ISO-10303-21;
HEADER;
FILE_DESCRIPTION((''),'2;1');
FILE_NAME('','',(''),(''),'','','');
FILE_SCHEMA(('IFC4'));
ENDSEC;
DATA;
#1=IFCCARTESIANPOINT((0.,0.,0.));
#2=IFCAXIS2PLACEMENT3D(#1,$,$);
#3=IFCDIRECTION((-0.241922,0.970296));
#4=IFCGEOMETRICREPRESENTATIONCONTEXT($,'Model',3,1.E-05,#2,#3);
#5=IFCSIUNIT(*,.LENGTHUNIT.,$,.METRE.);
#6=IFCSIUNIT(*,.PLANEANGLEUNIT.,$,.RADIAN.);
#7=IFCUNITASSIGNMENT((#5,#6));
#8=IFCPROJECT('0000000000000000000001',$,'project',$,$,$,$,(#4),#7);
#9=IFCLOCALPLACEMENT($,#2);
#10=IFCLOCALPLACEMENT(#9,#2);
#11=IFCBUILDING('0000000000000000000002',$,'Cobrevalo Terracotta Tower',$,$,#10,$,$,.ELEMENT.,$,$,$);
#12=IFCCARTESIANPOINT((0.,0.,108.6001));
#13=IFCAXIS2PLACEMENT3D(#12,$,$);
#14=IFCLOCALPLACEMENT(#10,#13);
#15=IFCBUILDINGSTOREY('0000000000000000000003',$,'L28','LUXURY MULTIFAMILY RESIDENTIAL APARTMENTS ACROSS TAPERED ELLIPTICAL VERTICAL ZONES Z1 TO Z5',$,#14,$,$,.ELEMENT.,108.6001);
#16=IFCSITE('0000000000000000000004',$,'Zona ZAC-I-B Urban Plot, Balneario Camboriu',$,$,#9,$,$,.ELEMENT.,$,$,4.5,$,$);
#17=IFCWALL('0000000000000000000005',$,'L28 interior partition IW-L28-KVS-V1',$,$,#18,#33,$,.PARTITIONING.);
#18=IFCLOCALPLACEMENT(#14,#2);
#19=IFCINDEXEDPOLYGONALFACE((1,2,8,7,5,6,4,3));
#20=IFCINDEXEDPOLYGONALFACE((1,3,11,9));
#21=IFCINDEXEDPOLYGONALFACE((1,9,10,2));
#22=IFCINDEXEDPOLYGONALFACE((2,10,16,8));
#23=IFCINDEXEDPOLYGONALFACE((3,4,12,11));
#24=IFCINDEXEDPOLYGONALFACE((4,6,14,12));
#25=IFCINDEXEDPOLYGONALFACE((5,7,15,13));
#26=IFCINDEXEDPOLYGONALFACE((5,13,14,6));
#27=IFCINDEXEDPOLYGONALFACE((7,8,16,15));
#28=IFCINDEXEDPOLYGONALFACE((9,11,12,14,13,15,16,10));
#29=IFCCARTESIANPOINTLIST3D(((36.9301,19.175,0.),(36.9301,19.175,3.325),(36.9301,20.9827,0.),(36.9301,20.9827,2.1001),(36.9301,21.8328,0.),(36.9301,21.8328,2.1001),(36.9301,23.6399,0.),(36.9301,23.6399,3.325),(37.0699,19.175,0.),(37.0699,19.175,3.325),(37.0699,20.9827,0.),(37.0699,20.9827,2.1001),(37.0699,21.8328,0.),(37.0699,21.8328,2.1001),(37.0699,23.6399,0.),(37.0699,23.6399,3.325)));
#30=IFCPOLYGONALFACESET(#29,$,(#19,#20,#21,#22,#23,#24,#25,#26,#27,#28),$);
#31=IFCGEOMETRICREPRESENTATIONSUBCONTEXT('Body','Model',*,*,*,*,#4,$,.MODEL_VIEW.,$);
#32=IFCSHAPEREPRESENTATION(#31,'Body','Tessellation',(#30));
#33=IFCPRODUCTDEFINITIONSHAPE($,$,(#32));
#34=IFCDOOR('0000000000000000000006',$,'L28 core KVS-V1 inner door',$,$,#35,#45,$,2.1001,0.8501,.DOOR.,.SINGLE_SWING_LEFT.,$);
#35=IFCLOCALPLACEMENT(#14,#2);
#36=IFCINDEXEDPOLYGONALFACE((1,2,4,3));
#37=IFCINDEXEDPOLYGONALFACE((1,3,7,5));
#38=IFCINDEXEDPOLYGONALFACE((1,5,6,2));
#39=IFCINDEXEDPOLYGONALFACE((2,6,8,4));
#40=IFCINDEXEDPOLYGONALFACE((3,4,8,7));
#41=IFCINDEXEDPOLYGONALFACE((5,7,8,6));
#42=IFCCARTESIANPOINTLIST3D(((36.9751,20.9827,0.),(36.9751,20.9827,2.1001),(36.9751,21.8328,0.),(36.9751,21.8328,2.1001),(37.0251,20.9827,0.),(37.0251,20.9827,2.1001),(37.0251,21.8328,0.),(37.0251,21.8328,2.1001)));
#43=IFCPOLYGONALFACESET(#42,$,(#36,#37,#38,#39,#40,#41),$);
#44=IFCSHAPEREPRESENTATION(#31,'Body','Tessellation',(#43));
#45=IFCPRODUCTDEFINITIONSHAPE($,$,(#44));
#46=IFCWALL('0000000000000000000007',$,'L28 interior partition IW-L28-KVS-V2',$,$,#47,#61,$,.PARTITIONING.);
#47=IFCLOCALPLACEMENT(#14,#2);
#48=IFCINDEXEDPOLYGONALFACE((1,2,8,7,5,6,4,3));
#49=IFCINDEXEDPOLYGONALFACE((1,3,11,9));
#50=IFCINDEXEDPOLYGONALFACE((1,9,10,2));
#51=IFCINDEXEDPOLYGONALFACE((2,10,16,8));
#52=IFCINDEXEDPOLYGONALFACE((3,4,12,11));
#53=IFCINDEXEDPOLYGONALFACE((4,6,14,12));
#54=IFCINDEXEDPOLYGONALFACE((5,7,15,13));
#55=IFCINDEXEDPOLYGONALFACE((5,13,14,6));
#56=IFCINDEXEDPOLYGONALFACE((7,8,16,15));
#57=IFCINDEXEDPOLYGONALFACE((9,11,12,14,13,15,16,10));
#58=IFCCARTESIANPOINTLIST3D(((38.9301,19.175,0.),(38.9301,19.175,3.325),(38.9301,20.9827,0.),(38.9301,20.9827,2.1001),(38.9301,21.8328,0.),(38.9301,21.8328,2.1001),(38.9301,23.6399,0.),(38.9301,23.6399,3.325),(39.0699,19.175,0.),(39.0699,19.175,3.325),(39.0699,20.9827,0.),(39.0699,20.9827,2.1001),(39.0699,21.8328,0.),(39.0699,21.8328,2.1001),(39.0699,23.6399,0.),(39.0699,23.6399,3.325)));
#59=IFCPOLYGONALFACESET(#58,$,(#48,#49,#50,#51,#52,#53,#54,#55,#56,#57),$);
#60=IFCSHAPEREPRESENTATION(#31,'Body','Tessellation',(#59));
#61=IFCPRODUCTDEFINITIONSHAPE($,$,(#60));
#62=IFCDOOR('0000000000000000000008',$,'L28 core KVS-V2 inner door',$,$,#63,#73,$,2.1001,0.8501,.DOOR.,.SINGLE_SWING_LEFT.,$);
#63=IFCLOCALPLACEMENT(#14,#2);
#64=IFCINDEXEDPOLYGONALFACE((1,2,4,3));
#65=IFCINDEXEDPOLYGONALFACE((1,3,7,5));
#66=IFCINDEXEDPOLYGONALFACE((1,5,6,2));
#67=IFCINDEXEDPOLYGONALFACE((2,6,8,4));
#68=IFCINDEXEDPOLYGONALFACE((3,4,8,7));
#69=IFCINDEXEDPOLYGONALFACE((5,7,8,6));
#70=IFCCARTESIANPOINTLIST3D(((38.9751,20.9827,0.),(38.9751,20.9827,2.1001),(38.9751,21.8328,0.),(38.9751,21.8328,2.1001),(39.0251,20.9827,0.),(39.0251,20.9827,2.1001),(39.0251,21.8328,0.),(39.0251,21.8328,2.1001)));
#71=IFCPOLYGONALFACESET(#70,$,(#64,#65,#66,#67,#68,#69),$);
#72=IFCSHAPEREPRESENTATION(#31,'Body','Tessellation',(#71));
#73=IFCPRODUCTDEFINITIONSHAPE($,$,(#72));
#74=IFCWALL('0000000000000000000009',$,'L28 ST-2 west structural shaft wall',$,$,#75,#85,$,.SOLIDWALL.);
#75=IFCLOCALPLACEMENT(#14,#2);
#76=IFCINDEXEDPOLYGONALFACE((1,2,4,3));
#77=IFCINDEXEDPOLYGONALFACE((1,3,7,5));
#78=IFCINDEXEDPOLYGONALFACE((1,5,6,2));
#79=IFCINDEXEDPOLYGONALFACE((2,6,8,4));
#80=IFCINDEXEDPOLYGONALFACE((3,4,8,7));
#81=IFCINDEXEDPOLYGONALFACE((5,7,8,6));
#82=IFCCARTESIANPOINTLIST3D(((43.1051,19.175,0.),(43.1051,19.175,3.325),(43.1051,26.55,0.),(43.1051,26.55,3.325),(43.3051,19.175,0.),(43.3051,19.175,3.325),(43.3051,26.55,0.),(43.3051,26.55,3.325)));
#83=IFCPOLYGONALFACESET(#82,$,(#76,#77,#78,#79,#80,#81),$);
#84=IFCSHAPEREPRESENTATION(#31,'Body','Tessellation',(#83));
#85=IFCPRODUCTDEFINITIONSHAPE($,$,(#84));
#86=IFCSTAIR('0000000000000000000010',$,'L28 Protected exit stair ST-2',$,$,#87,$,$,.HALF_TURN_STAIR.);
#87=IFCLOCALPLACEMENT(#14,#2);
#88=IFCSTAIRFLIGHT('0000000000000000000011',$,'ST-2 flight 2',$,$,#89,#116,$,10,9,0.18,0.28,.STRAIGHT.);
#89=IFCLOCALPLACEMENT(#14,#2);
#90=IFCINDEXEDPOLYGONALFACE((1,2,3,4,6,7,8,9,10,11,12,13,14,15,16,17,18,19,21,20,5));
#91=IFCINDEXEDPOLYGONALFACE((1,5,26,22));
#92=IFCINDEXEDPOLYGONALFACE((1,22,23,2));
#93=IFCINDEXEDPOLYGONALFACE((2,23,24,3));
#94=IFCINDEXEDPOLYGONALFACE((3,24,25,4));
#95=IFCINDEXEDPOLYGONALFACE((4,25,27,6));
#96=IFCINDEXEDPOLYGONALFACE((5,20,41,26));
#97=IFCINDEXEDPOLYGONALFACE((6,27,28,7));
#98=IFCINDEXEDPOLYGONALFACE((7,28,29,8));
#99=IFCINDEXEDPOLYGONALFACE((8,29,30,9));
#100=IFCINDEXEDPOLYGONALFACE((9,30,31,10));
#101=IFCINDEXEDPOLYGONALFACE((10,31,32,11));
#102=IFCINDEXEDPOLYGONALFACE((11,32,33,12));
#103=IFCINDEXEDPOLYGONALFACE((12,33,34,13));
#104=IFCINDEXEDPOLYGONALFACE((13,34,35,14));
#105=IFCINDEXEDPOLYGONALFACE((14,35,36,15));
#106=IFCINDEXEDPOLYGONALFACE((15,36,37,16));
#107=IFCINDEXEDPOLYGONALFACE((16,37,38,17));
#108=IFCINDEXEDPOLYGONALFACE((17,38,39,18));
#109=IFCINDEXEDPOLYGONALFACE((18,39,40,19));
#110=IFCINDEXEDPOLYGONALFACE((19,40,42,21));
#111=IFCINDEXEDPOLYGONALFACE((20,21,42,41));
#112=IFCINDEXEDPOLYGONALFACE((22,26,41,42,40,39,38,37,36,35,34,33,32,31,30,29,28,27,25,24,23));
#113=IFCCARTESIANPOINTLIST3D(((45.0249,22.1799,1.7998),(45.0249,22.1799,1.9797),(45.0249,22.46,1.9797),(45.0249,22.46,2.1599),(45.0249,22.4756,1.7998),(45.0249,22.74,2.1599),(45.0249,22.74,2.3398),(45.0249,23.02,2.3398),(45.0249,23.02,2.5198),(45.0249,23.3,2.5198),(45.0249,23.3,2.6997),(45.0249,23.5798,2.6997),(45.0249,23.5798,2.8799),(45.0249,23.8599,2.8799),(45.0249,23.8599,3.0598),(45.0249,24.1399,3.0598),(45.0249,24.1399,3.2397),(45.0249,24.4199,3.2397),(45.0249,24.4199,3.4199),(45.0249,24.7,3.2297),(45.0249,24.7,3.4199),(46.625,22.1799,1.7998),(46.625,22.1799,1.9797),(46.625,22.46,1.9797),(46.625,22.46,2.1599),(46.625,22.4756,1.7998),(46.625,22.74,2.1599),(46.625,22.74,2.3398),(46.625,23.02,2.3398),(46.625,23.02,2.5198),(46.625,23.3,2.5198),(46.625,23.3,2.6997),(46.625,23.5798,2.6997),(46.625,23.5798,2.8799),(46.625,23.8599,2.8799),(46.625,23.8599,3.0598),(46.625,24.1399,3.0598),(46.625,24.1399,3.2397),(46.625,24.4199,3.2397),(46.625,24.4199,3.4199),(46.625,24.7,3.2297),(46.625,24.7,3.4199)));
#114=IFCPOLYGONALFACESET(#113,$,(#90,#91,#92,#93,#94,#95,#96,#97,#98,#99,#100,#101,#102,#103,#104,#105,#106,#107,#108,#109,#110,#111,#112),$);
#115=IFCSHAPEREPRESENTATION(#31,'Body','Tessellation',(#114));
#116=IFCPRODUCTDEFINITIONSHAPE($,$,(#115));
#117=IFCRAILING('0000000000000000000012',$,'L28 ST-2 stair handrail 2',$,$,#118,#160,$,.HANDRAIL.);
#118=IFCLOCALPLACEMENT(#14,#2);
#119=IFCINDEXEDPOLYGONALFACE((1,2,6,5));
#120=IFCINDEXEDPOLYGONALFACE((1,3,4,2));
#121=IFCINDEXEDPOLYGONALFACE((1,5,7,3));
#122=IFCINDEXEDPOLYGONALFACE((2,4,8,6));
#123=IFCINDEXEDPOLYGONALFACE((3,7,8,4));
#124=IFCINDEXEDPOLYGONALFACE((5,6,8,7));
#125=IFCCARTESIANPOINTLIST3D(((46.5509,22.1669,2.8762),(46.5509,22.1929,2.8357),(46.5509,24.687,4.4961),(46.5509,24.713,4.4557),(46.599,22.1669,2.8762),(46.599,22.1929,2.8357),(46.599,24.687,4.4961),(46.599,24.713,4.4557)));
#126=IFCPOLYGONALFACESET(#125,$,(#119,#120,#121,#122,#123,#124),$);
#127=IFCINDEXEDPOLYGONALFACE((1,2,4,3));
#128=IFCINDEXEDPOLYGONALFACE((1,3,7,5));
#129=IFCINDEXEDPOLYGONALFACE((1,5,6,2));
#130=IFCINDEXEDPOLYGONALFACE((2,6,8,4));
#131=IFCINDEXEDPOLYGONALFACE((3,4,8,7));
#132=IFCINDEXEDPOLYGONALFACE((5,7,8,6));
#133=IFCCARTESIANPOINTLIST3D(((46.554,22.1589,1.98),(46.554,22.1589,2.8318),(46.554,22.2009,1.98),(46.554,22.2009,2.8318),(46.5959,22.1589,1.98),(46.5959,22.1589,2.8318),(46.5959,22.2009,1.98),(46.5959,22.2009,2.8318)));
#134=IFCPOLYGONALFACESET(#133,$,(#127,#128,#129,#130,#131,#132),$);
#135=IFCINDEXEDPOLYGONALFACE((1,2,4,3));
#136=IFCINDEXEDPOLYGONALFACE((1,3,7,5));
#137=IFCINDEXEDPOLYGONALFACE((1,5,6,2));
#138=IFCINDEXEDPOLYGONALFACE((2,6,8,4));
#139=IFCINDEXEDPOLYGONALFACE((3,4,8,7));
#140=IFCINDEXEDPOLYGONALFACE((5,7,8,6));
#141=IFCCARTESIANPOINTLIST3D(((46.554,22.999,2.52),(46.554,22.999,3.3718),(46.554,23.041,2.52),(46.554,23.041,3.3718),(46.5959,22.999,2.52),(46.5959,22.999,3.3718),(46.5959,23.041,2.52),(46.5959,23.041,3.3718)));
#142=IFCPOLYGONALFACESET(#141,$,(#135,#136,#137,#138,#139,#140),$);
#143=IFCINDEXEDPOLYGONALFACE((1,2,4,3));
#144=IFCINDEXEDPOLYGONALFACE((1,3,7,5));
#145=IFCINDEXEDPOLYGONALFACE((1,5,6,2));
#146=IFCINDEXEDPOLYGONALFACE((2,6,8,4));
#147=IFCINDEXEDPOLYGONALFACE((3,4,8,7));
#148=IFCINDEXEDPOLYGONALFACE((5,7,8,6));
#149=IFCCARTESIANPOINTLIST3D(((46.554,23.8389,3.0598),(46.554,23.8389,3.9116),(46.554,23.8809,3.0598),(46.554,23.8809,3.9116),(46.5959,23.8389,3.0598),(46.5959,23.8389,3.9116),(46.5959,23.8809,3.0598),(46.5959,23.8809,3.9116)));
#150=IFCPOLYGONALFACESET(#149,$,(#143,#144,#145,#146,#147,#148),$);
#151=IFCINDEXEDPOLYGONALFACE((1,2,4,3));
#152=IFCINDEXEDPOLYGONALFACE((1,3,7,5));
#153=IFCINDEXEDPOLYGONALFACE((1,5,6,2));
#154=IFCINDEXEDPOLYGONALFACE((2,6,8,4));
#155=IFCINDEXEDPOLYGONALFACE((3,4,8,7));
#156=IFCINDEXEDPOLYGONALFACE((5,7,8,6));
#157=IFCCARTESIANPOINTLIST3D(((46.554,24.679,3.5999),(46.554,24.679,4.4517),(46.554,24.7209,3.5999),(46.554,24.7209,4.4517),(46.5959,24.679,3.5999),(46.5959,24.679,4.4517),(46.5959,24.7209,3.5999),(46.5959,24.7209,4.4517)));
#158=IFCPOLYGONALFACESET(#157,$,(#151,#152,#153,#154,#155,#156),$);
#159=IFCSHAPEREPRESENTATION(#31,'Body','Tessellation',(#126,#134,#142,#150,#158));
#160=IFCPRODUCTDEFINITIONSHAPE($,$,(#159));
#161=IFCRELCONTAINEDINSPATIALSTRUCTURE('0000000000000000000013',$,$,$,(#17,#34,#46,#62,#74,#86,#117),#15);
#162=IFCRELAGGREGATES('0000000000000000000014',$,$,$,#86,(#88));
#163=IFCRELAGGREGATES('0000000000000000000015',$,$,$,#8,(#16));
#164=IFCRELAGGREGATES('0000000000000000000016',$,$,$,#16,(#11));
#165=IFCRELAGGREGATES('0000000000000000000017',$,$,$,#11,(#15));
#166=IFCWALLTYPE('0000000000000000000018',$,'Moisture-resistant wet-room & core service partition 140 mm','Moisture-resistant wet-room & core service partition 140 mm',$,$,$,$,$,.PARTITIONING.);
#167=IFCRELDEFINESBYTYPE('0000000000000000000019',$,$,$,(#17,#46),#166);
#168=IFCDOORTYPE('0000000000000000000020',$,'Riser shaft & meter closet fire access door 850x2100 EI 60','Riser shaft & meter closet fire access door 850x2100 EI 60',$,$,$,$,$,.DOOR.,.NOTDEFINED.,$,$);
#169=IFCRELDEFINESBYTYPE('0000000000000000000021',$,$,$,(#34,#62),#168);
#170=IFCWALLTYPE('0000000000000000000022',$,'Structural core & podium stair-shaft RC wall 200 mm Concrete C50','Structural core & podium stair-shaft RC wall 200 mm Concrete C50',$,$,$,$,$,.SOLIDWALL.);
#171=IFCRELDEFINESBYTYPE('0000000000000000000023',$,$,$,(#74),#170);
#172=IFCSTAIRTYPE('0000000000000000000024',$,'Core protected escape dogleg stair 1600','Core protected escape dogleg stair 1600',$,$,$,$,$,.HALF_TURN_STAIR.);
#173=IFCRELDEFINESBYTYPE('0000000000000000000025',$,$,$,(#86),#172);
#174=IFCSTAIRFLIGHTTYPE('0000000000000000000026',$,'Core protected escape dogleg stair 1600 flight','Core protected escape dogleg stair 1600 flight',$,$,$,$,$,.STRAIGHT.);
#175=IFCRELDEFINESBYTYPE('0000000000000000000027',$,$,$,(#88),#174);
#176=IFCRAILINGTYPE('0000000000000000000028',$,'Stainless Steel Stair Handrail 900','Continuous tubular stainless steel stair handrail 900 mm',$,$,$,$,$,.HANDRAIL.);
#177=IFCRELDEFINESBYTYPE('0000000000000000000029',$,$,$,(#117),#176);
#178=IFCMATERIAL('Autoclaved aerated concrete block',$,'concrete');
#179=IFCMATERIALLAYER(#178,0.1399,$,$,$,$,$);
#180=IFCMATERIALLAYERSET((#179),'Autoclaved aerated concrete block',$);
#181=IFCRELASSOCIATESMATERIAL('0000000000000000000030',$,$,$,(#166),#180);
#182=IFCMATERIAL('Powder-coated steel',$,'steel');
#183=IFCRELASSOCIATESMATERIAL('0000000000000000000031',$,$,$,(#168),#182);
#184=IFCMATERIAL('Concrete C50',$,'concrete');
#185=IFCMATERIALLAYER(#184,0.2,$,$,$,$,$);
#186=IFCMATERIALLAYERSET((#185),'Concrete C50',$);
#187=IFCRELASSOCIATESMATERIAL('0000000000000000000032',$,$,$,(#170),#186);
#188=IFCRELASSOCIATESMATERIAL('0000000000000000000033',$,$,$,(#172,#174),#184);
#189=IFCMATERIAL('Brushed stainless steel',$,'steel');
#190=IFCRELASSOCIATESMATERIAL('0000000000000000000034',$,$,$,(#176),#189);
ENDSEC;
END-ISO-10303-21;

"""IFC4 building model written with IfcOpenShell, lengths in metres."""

from ifc_helpers import new_model, si_unit, direction, frame, frame_2d, origin, origin_2d, place, context, subcontext, project, spatial, polyline, rectangle, outline, extrude, source, transform, mapped, material, layer, layer_set, type_object, element, fill, aggregate, save


model = new_model("IFC4")

# Units and contexts
model_context = context("Model", 3, precision=1e-05, world=origin(), true_north=direction((-0.241922, 0.970296)))
body_context = subcontext(model_context, "Body", "Model", "MODEL_VIEW")
ifc_project = project(units=[si_unit("LENGTHUNIT", "METRE"), si_unit("PLANEANGLEUNIT", "RADIAN")], contexts=[model_context])

# Site, building, storey
site_placement = place(None, origin())
site = spatial("IfcSite", under=ifc_project, at=site_placement, Name="Zona ZAC-I-B Urban Plot, Balneario Camboriu", CompositionType="ELEMENT", RefElevation=4.5)
building_placement = place(site_placement, origin())
building = spatial("IfcBuilding", under=site, at=building_placement, Name="Cobrevalo Terracotta Tower", CompositionType="ELEMENT")
storey_placement = place(building_placement, frame((0.0, 0.0, 108.6001)))
storey = spatial("IfcBuildingStorey", under=building, at=storey_placement, Name="L28", Description="LUXURY MULTIFAMILY RESIDENTIAL APARTMENTS ACROSS TAPERED ELLIPTICAL VERTICAL ZONES Z1 TO Z5", CompositionType="ELEMENT", Elevation=108.6001)

# Shared definitions
ifc_material_1 = material(Name="Autoclaved aerated concrete block", Category="concrete")

# Shared definitions
ifc_layer_1 = layer(ifc_material_1, 0.1399)
ifc_layer_set_1 = layer_set([ifc_layer_1], Name="Autoclaved aerated concrete block")
wall_type_1 = type_object("IfcWallType", Name="Moisture-resistant wet-room & core service partition 140 mm", Description="Moisture-resistant wet-room & core service partition 140 mm", PredefinedType="PARTITIONING", material=ifc_layer_set_1)

# Walls, openings, doors
wall_1_placement = place(storey_placement, frame((37.0, 19.175, 0.0), z_axis=(0.0, 0.0, 1.0), x_axis=(0.0, 1.0, 0.0)))
wall_1 = element("IfcWall", 1, at=wall_1_placement, inside=storey, type_object=wall_type_1, Name="L28 interior partition IW-L28-KVS-V1", PredefinedType="PARTITIONING", context=body_context, shape_type="SweptSolid", body=[
    extrude(rectangle(XDim=4.4648, YDim=0.1399, at=frame_2d((2.2324, 0.0))), origin(), (0.0, 0.0, 1.0), 3.325),
])
opening_1_placement = place(wall_1_placement, frame((1.8076, 0.0, 0.0)))
opening_1 = element("IfcOpeningElement", 2, at=opening_1_placement, cuts=wall_1, PredefinedType="OPENING", context=body_context, shape_type="SweptSolid", body=[
    extrude(rectangle(XDim=0.8501, YDim=2.1001, at=frame_2d((0.425, 1.05))), frame((0.0, 0.0801, 0.0), z_axis=(0.0, -1.0, 0.0), x_axis=(1.0, 0.0, 0.0)), (0.0, 0.0, 1.0), 0.1599),
])
ifc_material_2 = material(Name="Powder-coated steel", Category="steel")
door_type_1 = type_object("IfcDoorType", Name="Riser shaft & meter closet fire access door 850x2100 EI 60", Description="Riser shaft & meter closet fire access door 850x2100 EI 60", OperationType="NOTDEFINED", PredefinedType="DOOR", material=ifc_material_2)
shared_shape_1 = source(origin(), body_context, "Body", "SweptSolid", [
    extrude(rectangle(XDim=0.8501, YDim=2.1001, at=frame_2d((0.425, 1.05))), frame((0.0, 0.0249, 0.0), z_axis=(0.0, -1.0, 0.0), x_axis=(1.0, 0.0, 0.0)), (0.0, 0.0, 1.0), 0.05),
])
door_1_placement = place(opening_1_placement, origin())
door_1 = element("IfcDoor", 3, at=door_1_placement, inside=storey, type_object=door_type_1, Name="L28 core KVS-V1 inner door", OperationType="SINGLE_SWING_LEFT", OverallHeight=2.1001, OverallWidth=0.8501, PredefinedType="DOOR", context=body_context, shape_type="MappedRepresentation", body=[
    mapped(shared_shape_1, transform((0.0, 0.0, 0.0), scale=1.0)),
])
fill(opening_1, door_1)
wall_2_placement = place(storey_placement, frame((39.0, 19.175, 0.0), z_axis=(0.0, 0.0, 1.0), x_axis=(0.0, 1.0, 0.0)))
wall_2 = element("IfcWall", 4, at=wall_2_placement, inside=storey, type_object=wall_type_1, Name="L28 interior partition IW-L28-KVS-V2", PredefinedType="PARTITIONING", context=body_context, shape_type="SweptSolid", body=[
    extrude(rectangle(XDim=4.4648, YDim=0.1399, at=frame_2d((2.2324, 0.0))), origin(), (0.0, 0.0, 1.0), 3.325),
])
opening_2_placement = place(wall_2_placement, frame((1.8076, 0.0, 0.0)))
opening_2 = element("IfcOpeningElement", 5, at=opening_2_placement, cuts=wall_2, PredefinedType="OPENING", context=body_context, shape_type="SweptSolid", body=[
    extrude(rectangle(XDim=0.8501, YDim=2.1001, at=frame_2d((0.425, 1.05))), frame((0.0, 0.0801, 0.0), z_axis=(0.0, -1.0, 0.0), x_axis=(1.0, 0.0, 0.0)), (0.0, 0.0, 1.0), 0.1599),
])
door_2_placement = place(opening_2_placement, origin())
door_2 = element("IfcDoor", 6, at=door_2_placement, inside=storey, type_object=door_type_1, Name="L28 core KVS-V2 inner door", OperationType="SINGLE_SWING_LEFT", OverallHeight=2.1001, OverallWidth=0.8501, PredefinedType="DOOR", context=body_context, shape_type="MappedRepresentation", body=[
    mapped(shared_shape_1, transform((0.0, 0.0, 0.0), scale=1.0)),
])
fill(opening_2, door_2)

# Wall
ifc_material_3 = material(Name="Concrete C50", Category="concrete")
ifc_layer_2 = layer(ifc_material_3, 0.2)
ifc_layer_set_2 = layer_set([ifc_layer_2], Name="Concrete C50")
wall_type_2 = type_object("IfcWallType", Name="Structural core & podium stair-shaft RC wall 200 mm Concrete C50", Description="Structural core & podium stair-shaft RC wall 200 mm Concrete C50", PredefinedType="SOLIDWALL", material=ifc_layer_set_2)
wall_3_placement = place(storey_placement, frame((43.2051, 19.175, 0.0), z_axis=(0.0, 0.0, 1.0), x_axis=(0.0, 1.0, 0.0)))
element("IfcWall", 7, at=wall_3_placement, inside=storey, type_object=wall_type_2, Name="L28 ST-2 west structural shaft wall", PredefinedType="SOLIDWALL", context=body_context, shape_type="SweptSolid", body=[
    extrude(rectangle(XDim=7.375, YDim=0.2, at=frame_2d((3.6875, 0.0))), origin(), (0.0, 0.0, 1.0), 3.325),
])

# Stair, stair flight
stair_type = type_object("IfcStairType", Name="Core protected escape dogleg stair 1600", Description="Core protected escape dogleg stair 1600", PredefinedType="HALF_TURN_STAIR", material=ifc_material_3)
stair_placement = place(storey_placement, origin())
stair = element("IfcStair", 8, at=stair_placement, inside=storey, type_object=stair_type, Name="L28 Protected exit stair ST-2", PredefinedType="HALF_TURN_STAIR")
stair_flight_type = type_object("IfcStairFlightType", Name="Core protected escape dogleg stair 1600 flight", Description="Core protected escape dogleg stair 1600 flight", PredefinedType="STRAIGHT", material=ifc_material_3)
stair_flight_placement = place(storey_placement, frame((45.825, 22.1799, 1.7998), z_axis=(0.0, 0.0, 1.0), x_axis=(0.0, 1.0, 0.0)))
stair_flight = element("IfcStairFlight", 9, at=stair_flight_placement, type_object=stair_flight_type, Name="ST-2 flight 2", NumberOfRisers=10, NumberOfTreads=9, PredefinedType="STRAIGHT", RiserHeight=0.18, TreadLength=0.28, context=body_context, shape_type="SweptSolid", body=[
    extrude(outline(polyline([(0.0, 0.0), (0.0, 0.1799), (0.28, 0.1799), (0.28, 0.3601), (0.5601, 0.3601), (0.5601, 0.54), (0.8401, 0.54), (0.8401, 0.72), (1.1201, 0.72), (1.1201, 0.8999), (1.3999, 0.8999), (1.3999, 1.0801), (1.6799, 1.0801), (1.6799, 1.26), (1.96, 1.26), (1.96, 1.4399), (2.24, 1.4399), (2.24, 1.6201), (2.52, 1.6201), (2.52, 1.8), (2.52, 1.4299), (0.2957, 0.0), (0.0, 0.0)])), frame((0.0, 0.8, 0.0), z_axis=(0.0, -1.0, 0.0), x_axis=(1.0, 0.0, 0.0)), (0.0, 0.0, 1.0), 1.6001),
])
aggregate(stair, [stair_flight])

# Railing
ifc_material_4 = material(Name="Brushed stainless steel", Category="steel")
railing_type_1 = type_object("IfcRailingType", Name="Stainless Steel Stair Handrail 900", Description="Continuous tubular stainless steel stair handrail 900 mm", PredefinedType="HANDRAIL", material=ifc_material_4)
railing_1_placement = place(storey_placement, frame((46.575, 22.1799, 1.98)))
element("IfcRailing", 10, at=railing_1_placement, inside=storey, type_object=railing_type_1, Name="L28 ST-2 stair handrail 2", PredefinedType="HANDRAIL", context=body_context, shape_type="SweptSolid", body=[
    extrude(rectangle(XDim=0.0481, YDim=0.0481, at=origin_2d()), frame((0.0, 0.0, 0.876), z_axis=(0.0, 0.8412, 0.540725), x_axis=(-1.0, 0.0, 0.0)), (0.0, 0.0, 1.0), 2.9958),
    extrude(rectangle(XDim=0.042, YDim=0.042, at=origin_2d()), origin(), (0.0, 0.0, 1.0), 0.8518),
    extrude(rectangle(XDim=0.042, YDim=0.042, at=origin_2d()), frame((0.0, 0.8401, 0.54)), (0.0, 0.0, 1.0), 0.8518),
    extrude(rectangle(XDim=0.042, YDim=0.042, at=origin_2d()), frame((0.0, 1.6799, 1.0798)), (0.0, 0.0, 1.0), 0.8518),
    extrude(rectangle(XDim=0.042, YDim=0.042, at=origin_2d()), frame((0.0, 2.52, 1.6199)), (0.0, 0.0, 1.0), 0.8518),
])

save(model, "model.ifc")
